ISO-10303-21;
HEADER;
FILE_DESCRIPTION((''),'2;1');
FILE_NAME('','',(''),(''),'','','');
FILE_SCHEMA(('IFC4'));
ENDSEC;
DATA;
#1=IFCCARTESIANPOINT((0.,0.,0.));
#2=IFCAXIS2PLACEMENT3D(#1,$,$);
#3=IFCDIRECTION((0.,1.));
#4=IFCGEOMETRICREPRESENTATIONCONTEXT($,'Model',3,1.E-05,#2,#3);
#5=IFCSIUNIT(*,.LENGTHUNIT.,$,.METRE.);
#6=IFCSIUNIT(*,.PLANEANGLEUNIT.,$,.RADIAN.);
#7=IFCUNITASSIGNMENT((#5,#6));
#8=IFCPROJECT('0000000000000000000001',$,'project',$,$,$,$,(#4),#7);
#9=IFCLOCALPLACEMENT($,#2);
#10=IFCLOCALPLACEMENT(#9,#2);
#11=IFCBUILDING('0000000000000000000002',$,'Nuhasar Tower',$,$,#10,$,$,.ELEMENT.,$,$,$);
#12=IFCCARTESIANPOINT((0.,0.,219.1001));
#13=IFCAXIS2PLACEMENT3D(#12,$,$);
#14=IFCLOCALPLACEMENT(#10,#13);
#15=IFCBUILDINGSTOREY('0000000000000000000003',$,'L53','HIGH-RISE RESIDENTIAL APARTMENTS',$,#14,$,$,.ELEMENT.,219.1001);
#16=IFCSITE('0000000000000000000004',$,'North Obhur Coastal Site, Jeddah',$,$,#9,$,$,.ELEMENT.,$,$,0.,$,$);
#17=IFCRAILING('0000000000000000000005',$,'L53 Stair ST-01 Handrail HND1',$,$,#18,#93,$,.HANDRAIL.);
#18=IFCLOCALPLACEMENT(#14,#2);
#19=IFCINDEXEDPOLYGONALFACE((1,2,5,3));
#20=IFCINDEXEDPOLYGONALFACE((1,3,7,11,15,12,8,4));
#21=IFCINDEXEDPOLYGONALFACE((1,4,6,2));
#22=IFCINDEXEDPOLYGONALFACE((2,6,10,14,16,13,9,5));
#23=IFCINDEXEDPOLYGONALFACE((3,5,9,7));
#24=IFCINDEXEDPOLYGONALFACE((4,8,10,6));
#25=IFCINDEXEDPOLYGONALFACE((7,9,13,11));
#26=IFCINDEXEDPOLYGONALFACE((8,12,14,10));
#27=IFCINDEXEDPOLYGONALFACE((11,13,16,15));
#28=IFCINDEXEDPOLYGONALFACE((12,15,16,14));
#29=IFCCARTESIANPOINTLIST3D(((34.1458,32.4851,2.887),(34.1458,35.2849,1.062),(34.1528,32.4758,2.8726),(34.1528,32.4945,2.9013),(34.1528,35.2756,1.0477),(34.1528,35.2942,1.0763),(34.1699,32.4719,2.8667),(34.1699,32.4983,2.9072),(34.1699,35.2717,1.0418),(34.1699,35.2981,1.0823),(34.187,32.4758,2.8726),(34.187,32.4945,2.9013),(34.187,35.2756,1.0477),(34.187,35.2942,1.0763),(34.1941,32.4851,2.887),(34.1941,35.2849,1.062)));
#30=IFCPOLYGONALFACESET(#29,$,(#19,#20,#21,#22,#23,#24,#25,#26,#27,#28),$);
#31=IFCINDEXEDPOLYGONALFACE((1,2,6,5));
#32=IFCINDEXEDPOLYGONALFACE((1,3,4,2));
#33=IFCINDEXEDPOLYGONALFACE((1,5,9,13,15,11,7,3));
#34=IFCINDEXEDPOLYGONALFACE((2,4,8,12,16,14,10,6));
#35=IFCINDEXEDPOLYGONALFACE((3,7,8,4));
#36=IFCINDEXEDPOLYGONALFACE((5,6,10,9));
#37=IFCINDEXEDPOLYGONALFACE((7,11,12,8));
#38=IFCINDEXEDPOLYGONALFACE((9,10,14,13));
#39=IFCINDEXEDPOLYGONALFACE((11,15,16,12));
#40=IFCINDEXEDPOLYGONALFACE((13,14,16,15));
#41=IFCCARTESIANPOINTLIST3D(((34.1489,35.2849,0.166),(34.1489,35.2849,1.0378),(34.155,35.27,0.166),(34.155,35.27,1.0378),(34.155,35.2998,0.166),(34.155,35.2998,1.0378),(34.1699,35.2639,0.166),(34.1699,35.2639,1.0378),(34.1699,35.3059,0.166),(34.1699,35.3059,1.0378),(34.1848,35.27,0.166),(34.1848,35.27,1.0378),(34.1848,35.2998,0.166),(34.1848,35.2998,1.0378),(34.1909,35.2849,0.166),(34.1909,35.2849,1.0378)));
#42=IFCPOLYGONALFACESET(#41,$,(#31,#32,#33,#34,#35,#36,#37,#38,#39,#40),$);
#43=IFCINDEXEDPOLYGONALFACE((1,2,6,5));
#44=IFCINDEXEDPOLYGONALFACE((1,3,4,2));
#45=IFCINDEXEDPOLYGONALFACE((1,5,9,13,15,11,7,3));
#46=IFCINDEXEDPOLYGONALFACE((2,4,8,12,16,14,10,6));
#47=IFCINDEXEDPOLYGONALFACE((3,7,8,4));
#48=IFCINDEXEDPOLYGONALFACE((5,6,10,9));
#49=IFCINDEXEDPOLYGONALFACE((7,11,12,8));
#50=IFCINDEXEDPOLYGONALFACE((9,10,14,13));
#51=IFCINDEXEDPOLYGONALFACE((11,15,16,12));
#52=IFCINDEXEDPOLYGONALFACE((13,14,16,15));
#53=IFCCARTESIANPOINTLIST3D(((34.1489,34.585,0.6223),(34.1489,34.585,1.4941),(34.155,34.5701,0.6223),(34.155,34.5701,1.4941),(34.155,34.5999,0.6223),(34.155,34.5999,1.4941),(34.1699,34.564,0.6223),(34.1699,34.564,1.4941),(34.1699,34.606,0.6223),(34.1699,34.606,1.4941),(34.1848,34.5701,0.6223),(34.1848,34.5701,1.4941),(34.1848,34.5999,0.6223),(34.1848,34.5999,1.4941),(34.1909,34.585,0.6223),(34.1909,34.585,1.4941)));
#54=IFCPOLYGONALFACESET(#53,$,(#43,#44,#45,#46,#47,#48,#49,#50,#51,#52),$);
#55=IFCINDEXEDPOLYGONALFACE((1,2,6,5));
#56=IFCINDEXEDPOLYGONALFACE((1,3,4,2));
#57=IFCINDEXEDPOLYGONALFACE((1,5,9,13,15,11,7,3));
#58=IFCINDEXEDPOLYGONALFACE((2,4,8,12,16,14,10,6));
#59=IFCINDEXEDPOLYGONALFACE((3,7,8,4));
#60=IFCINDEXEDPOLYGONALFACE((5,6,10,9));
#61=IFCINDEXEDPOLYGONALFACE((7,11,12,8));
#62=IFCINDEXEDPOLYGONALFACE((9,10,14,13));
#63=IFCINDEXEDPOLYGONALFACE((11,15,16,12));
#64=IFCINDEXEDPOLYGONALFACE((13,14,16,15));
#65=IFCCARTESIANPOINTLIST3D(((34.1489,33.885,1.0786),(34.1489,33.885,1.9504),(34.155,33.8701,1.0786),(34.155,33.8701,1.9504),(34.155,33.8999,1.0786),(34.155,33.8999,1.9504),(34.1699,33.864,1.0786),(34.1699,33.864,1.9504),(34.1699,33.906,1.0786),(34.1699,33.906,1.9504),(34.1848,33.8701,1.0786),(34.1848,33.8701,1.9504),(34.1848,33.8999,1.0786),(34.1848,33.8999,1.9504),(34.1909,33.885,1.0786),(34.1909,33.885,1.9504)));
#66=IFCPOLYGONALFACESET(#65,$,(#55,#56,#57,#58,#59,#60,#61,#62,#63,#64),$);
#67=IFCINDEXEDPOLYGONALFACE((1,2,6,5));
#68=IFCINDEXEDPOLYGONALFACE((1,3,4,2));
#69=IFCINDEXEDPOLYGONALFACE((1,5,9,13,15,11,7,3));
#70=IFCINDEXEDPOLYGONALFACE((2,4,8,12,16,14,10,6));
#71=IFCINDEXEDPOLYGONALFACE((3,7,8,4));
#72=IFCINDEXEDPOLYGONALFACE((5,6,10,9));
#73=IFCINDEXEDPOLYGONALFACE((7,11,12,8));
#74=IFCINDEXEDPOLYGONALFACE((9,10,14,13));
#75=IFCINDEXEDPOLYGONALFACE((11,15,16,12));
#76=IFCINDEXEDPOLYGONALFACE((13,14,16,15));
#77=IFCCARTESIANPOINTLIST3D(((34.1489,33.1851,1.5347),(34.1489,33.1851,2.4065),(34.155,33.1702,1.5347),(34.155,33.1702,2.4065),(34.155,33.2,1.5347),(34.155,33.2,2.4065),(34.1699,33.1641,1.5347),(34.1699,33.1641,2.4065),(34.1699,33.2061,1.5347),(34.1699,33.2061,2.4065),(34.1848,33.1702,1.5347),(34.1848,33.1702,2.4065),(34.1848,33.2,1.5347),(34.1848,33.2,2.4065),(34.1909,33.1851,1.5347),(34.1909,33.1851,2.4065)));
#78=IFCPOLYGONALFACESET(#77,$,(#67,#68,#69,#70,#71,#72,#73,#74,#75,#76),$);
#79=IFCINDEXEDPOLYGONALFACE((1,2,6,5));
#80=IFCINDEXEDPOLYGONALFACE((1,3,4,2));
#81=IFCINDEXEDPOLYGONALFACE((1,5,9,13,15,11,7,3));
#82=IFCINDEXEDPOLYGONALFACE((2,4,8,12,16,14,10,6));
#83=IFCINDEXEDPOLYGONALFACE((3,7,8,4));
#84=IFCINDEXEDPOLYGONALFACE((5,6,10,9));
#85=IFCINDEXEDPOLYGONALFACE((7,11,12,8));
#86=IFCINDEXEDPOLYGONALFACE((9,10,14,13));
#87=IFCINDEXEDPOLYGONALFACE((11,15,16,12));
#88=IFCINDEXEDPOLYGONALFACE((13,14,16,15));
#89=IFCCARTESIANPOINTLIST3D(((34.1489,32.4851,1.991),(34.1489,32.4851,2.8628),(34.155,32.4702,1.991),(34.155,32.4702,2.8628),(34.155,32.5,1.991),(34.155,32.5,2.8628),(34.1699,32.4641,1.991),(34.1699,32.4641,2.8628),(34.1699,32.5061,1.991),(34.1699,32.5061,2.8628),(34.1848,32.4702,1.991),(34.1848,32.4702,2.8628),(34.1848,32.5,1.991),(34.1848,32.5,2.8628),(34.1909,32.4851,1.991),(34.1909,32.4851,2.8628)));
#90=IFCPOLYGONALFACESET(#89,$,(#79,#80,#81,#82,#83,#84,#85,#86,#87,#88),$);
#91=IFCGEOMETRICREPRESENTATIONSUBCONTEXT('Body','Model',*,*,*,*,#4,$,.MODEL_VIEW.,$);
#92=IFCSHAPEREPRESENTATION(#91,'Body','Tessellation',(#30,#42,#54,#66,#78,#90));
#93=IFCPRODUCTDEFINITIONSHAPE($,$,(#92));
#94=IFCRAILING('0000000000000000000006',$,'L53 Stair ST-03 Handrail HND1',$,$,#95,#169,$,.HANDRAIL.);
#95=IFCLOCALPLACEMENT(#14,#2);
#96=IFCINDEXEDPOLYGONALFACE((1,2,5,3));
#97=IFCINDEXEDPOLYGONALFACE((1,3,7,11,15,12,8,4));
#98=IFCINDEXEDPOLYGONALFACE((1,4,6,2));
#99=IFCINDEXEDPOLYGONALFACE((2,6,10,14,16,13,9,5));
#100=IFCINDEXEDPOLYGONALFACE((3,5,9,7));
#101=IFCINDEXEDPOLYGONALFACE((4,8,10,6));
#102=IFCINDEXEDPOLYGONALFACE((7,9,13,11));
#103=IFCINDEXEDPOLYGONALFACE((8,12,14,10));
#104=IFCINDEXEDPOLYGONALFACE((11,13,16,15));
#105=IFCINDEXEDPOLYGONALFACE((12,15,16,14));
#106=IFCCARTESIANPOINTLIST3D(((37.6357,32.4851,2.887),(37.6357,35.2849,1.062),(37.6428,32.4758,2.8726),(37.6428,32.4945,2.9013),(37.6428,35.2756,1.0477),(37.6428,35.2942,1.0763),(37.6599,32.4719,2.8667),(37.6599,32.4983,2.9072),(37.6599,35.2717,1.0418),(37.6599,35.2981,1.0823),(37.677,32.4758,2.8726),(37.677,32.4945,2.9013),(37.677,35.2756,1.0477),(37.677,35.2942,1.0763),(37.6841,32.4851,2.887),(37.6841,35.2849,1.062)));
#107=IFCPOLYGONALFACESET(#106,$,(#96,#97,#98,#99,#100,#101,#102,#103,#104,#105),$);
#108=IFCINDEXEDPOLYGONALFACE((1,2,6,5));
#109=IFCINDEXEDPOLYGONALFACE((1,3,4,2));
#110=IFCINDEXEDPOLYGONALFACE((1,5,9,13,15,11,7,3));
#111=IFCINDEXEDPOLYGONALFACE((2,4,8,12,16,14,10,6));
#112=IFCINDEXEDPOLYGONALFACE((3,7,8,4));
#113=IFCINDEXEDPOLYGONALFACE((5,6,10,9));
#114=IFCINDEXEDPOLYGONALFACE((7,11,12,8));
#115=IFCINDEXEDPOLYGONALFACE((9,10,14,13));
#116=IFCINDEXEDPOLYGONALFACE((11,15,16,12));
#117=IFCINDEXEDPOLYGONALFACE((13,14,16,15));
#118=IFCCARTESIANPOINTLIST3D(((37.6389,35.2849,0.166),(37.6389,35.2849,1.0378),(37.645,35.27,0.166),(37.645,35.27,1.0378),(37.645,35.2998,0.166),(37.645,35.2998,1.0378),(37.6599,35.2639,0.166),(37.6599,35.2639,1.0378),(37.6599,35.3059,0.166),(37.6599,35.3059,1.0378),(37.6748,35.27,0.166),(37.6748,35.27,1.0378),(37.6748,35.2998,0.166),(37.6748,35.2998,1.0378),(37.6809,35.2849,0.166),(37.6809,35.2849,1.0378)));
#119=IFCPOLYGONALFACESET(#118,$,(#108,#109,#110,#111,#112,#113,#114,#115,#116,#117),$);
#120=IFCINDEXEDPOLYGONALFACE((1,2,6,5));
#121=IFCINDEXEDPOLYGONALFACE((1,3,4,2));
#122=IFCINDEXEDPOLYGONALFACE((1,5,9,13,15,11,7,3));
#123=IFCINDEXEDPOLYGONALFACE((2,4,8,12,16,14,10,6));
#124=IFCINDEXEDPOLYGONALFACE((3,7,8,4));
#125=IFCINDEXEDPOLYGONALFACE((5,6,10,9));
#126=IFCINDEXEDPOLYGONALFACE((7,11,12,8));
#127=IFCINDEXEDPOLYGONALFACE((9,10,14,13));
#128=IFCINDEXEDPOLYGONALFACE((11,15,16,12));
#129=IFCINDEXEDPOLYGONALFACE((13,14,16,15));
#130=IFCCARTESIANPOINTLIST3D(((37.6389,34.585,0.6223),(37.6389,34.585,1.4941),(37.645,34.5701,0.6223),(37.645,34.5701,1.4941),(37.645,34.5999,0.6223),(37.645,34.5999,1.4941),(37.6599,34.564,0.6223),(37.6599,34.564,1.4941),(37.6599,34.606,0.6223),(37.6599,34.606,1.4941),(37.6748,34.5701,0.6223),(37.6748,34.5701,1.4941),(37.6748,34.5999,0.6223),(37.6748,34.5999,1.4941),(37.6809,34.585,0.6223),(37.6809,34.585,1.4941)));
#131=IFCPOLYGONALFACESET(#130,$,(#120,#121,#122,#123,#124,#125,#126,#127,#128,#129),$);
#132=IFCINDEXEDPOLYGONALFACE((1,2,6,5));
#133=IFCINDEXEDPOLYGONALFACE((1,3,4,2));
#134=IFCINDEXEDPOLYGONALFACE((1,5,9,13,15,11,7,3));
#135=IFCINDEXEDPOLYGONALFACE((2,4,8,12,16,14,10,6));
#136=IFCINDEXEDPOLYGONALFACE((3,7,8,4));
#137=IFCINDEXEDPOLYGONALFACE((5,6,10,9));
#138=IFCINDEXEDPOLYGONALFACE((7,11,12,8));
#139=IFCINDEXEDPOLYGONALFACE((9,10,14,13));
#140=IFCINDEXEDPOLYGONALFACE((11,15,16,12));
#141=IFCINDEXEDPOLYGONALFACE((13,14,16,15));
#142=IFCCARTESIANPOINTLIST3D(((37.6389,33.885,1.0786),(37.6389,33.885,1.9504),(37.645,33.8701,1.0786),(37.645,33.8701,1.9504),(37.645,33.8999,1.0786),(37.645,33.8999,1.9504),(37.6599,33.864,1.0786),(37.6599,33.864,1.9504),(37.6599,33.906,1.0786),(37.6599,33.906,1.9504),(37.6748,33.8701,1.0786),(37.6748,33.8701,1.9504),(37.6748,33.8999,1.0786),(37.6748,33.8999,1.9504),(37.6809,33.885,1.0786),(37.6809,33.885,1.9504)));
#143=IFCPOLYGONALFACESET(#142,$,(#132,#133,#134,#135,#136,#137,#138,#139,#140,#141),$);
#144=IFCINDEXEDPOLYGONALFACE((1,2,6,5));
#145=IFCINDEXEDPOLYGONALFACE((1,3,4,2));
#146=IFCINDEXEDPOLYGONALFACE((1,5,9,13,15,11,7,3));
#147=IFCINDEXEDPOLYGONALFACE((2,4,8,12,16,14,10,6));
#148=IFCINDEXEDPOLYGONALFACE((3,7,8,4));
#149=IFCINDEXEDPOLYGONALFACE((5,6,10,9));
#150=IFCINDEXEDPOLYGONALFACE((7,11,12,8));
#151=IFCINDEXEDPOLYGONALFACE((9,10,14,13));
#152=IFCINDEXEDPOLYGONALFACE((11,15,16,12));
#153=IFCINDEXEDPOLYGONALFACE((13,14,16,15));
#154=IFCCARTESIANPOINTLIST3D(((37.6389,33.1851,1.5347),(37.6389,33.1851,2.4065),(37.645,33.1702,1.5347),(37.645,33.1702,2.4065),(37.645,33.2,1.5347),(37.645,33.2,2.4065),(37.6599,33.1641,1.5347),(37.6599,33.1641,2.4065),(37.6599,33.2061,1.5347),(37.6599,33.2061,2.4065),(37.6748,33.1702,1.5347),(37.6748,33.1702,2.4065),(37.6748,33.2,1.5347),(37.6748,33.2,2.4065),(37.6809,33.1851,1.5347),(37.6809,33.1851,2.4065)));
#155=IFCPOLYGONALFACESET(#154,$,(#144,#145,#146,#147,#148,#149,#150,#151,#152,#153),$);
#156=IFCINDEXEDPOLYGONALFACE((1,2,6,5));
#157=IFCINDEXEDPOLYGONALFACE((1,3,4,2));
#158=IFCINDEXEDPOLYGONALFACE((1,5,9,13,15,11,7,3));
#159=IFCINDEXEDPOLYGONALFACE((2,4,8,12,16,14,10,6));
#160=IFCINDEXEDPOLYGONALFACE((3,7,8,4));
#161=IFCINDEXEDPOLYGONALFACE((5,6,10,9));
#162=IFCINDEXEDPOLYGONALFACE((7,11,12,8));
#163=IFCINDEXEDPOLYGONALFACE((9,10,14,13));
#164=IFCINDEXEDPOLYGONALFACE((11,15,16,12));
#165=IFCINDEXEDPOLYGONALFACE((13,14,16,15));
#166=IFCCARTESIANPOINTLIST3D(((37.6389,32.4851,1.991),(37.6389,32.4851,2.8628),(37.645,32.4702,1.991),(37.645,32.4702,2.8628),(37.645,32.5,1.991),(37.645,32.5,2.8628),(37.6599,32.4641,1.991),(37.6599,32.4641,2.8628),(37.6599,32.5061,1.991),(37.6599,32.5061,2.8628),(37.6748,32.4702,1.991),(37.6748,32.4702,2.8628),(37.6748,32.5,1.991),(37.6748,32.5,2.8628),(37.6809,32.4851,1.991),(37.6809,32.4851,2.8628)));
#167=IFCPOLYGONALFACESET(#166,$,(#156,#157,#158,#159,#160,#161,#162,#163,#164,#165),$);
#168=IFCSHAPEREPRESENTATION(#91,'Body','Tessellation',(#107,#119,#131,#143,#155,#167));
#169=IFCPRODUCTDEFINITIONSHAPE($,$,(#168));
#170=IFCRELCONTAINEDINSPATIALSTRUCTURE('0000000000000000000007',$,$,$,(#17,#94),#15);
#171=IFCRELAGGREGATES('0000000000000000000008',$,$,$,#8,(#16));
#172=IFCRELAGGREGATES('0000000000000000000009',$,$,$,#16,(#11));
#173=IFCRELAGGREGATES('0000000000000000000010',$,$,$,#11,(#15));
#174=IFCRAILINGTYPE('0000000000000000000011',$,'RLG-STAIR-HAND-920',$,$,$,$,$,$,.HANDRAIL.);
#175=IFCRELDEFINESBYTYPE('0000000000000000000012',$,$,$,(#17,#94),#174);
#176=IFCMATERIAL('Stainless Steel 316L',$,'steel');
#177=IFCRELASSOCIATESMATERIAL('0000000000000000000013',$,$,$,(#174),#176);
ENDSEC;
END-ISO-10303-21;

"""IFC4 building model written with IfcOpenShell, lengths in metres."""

from ifc_helpers import new_model, si_unit, direction, frame, origin, place, context, subcontext, project, spatial, polyline, outline, extrude, material, type_object, element, save


model = new_model("IFC4")

# Units and contexts
model_context = context("Model", 3, precision=1e-05, world=origin(), true_north=direction((0.0, 1.0)))
body_context = subcontext(model_context, "Body", "Model", "MODEL_VIEW")
ifc_project = project(units=[si_unit("LENGTHUNIT", "METRE"), si_unit("PLANEANGLEUNIT", "RADIAN")], contexts=[model_context])

# Site, building, storey
site_placement = place(None, origin())
site = spatial("IfcSite", under=ifc_project, at=site_placement, Name="North Obhur Coastal Site, Jeddah", CompositionType="ELEMENT", RefElevation=0.0)
building_placement = place(site_placement, origin())
building = spatial("IfcBuilding", under=site, at=building_placement, Name="Nuhasar Tower", CompositionType="ELEMENT")
storey_placement = place(building_placement, frame((0.0, 0.0, 219.1001)))
storey = spatial("IfcBuildingStorey", under=building, at=storey_placement, Name="L53", Description="HIGH-RISE RESIDENTIAL APARTMENTS", CompositionType="ELEMENT", Elevation=219.1001)

# Railings
ifc_material_1 = material(Name="Stainless Steel 316L", Category="steel")
railing_type_1 = type_object("IfcRailingType", Name="RLG-STAIR-HAND-920", PredefinedType="HANDRAIL", material=ifc_material_1)
railing_1_placement = place(storey_placement, frame((34.1699, 35.2849, 0.166)))
element("IfcRailing", 1, at=railing_1_placement, inside=storey, type_object=railing_type_1, Name="L53 Stair ST-01 Handrail HND1", PredefinedType="HANDRAIL", context=body_context, shape_type="SweptSolid", body=[
    extrude(outline(polyline([(0.0242, 0.0), (0.0171, 0.0171), (0.0, 0.0242), (-0.0171, 0.0171), (-0.0242, 0.0), (-0.0171, -0.0171), (0.0, -0.0242), (0.0171, -0.0171), (0.0242, 0.0)])), frame((0.0, 0.0, 0.896), z_axis=(0.0, -0.837749, 0.546056), x_axis=(1.0, 0.0, 0.0)), (0.0, 0.0, 1.0), 3.342),
    extrude(outline(polyline([(0.021, 0.0), (0.0149, 0.0149), (0.0, 0.021), (-0.0149, 0.0149), (-0.021, 0.0), (-0.0149, -0.0149), (0.0, -0.021), (0.0149, -0.0149), (0.021, 0.0)])), origin(), (0.0, 0.0, 1.0), 0.8718),
    extrude(outline(polyline([(0.021, 0.0), (0.0149, 0.0149), (0.0, 0.021), (-0.0149, 0.0149), (-0.021, 0.0), (-0.0149, -0.0149), (0.0, -0.021), (0.0149, -0.0149), (0.021, 0.0)])), frame((0.0, -0.7, 0.4563)), (0.0, 0.0, 1.0), 0.8718),
    extrude(outline(polyline([(0.021, 0.0), (0.0149, 0.0149), (0.0, 0.021), (-0.0149, 0.0149), (-0.021, 0.0), (-0.0149, -0.0149), (0.0, -0.021), (0.0149, -0.0149), (0.021, 0.0)])), frame((0.0, -1.3999, 0.9126)), (0.0, 0.0, 1.0), 0.8718),
    extrude(outline(polyline([(0.021, 0.0), (0.0149, 0.0149), (0.0, 0.021), (-0.0149, 0.0149), (-0.021, 0.0), (-0.0149, -0.0149), (0.0, -0.021), (0.0149, -0.0149), (0.021, 0.0)])), frame((0.0, -2.0999, 1.3687)), (0.0, 0.0, 1.0), 0.8718),
    extrude(outline(polyline([(0.021, 0.0), (0.0149, 0.0149), (0.0, 0.021), (-0.0149, 0.0149), (-0.021, 0.0), (-0.0149, -0.0149), (0.0, -0.021), (0.0149, -0.0149), (0.021, 0.0)])), frame((0.0, -2.7998, 1.825)), (0.0, 0.0, 1.0), 0.8718),
])
railing_2_placement = place(storey_placement, frame((37.6599, 35.2849, 0.166)))
element("IfcRailing", 2, at=railing_2_placement, inside=storey, type_object=railing_type_1, Name="L53 Stair ST-03 Handrail HND1", PredefinedType="HANDRAIL", context=body_context, shape_type="SweptSolid", body=[
    extrude(outline(polyline([(0.0242, 0.0), (0.0171, 0.0171), (0.0, 0.0242), (-0.0171, 0.0171), (-0.0242, 0.0), (-0.0171, -0.0171), (0.0, -0.0242), (0.0171, -0.0171), (0.0242, 0.0)])), frame((0.0, 0.0, 0.896), z_axis=(0.0, -0.837749, 0.546056), x_axis=(1.0, 0.0, 0.0)), (0.0, 0.0, 1.0), 3.342),
    extrude(outline(polyline([(0.021, 0.0), (0.0149, 0.0149), (0.0, 0.021), (-0.0149, 0.0149), (-0.021, 0.0), (-0.0149, -0.0149), (0.0, -0.021), (0.0149, -0.0149), (0.021, 0.0)])), origin(), (0.0, 0.0, 1.0), 0.8718),
    extrude(outline(polyline([(0.021, 0.0), (0.0149, 0.0149), (0.0, 0.021), (-0.0149, 0.0149), (-0.021, 0.0), (-0.0149, -0.0149), (0.0, -0.021), (0.0149, -0.0149), (0.021, 0.0)])), frame((0.0, -0.7, 0.4563)), (0.0, 0.0, 1.0), 0.8718),
    extrude(outline(polyline([(0.021, 0.0), (0.0149, 0.0149), (0.0, 0.021), (-0.0149, 0.0149), (-0.021, 0.0), (-0.0149, -0.0149), (0.0, -0.021), (0.0149, -0.0149), (0.021, 0.0)])), frame((0.0, -1.3999, 0.9126)), (0.0, 0.0, 1.0), 0.8718),
    extrude(outline(polyline([(0.021, 0.0), (0.0149, 0.0149), (0.0, 0.021), (-0.0149, 0.0149), (-0.021, 0.0), (-0.0149, -0.0149), (0.0, -0.021), (0.0149, -0.0149), (0.021, 0.0)])), frame((0.0, -2.0999, 1.3687)), (0.0, 0.0, 1.0), 0.8718),
    extrude(outline(polyline([(0.021, 0.0), (0.0149, 0.0149), (0.0, 0.021), (-0.0149, 0.0149), (-0.021, 0.0), (-0.0149, -0.0149), (0.0, -0.021), (0.0149, -0.0149), (0.021, 0.0)])), frame((0.0, -2.7998, 1.825)), (0.0, 0.0, 1.0), 0.8718),
])

save(model, "model.ifc")
